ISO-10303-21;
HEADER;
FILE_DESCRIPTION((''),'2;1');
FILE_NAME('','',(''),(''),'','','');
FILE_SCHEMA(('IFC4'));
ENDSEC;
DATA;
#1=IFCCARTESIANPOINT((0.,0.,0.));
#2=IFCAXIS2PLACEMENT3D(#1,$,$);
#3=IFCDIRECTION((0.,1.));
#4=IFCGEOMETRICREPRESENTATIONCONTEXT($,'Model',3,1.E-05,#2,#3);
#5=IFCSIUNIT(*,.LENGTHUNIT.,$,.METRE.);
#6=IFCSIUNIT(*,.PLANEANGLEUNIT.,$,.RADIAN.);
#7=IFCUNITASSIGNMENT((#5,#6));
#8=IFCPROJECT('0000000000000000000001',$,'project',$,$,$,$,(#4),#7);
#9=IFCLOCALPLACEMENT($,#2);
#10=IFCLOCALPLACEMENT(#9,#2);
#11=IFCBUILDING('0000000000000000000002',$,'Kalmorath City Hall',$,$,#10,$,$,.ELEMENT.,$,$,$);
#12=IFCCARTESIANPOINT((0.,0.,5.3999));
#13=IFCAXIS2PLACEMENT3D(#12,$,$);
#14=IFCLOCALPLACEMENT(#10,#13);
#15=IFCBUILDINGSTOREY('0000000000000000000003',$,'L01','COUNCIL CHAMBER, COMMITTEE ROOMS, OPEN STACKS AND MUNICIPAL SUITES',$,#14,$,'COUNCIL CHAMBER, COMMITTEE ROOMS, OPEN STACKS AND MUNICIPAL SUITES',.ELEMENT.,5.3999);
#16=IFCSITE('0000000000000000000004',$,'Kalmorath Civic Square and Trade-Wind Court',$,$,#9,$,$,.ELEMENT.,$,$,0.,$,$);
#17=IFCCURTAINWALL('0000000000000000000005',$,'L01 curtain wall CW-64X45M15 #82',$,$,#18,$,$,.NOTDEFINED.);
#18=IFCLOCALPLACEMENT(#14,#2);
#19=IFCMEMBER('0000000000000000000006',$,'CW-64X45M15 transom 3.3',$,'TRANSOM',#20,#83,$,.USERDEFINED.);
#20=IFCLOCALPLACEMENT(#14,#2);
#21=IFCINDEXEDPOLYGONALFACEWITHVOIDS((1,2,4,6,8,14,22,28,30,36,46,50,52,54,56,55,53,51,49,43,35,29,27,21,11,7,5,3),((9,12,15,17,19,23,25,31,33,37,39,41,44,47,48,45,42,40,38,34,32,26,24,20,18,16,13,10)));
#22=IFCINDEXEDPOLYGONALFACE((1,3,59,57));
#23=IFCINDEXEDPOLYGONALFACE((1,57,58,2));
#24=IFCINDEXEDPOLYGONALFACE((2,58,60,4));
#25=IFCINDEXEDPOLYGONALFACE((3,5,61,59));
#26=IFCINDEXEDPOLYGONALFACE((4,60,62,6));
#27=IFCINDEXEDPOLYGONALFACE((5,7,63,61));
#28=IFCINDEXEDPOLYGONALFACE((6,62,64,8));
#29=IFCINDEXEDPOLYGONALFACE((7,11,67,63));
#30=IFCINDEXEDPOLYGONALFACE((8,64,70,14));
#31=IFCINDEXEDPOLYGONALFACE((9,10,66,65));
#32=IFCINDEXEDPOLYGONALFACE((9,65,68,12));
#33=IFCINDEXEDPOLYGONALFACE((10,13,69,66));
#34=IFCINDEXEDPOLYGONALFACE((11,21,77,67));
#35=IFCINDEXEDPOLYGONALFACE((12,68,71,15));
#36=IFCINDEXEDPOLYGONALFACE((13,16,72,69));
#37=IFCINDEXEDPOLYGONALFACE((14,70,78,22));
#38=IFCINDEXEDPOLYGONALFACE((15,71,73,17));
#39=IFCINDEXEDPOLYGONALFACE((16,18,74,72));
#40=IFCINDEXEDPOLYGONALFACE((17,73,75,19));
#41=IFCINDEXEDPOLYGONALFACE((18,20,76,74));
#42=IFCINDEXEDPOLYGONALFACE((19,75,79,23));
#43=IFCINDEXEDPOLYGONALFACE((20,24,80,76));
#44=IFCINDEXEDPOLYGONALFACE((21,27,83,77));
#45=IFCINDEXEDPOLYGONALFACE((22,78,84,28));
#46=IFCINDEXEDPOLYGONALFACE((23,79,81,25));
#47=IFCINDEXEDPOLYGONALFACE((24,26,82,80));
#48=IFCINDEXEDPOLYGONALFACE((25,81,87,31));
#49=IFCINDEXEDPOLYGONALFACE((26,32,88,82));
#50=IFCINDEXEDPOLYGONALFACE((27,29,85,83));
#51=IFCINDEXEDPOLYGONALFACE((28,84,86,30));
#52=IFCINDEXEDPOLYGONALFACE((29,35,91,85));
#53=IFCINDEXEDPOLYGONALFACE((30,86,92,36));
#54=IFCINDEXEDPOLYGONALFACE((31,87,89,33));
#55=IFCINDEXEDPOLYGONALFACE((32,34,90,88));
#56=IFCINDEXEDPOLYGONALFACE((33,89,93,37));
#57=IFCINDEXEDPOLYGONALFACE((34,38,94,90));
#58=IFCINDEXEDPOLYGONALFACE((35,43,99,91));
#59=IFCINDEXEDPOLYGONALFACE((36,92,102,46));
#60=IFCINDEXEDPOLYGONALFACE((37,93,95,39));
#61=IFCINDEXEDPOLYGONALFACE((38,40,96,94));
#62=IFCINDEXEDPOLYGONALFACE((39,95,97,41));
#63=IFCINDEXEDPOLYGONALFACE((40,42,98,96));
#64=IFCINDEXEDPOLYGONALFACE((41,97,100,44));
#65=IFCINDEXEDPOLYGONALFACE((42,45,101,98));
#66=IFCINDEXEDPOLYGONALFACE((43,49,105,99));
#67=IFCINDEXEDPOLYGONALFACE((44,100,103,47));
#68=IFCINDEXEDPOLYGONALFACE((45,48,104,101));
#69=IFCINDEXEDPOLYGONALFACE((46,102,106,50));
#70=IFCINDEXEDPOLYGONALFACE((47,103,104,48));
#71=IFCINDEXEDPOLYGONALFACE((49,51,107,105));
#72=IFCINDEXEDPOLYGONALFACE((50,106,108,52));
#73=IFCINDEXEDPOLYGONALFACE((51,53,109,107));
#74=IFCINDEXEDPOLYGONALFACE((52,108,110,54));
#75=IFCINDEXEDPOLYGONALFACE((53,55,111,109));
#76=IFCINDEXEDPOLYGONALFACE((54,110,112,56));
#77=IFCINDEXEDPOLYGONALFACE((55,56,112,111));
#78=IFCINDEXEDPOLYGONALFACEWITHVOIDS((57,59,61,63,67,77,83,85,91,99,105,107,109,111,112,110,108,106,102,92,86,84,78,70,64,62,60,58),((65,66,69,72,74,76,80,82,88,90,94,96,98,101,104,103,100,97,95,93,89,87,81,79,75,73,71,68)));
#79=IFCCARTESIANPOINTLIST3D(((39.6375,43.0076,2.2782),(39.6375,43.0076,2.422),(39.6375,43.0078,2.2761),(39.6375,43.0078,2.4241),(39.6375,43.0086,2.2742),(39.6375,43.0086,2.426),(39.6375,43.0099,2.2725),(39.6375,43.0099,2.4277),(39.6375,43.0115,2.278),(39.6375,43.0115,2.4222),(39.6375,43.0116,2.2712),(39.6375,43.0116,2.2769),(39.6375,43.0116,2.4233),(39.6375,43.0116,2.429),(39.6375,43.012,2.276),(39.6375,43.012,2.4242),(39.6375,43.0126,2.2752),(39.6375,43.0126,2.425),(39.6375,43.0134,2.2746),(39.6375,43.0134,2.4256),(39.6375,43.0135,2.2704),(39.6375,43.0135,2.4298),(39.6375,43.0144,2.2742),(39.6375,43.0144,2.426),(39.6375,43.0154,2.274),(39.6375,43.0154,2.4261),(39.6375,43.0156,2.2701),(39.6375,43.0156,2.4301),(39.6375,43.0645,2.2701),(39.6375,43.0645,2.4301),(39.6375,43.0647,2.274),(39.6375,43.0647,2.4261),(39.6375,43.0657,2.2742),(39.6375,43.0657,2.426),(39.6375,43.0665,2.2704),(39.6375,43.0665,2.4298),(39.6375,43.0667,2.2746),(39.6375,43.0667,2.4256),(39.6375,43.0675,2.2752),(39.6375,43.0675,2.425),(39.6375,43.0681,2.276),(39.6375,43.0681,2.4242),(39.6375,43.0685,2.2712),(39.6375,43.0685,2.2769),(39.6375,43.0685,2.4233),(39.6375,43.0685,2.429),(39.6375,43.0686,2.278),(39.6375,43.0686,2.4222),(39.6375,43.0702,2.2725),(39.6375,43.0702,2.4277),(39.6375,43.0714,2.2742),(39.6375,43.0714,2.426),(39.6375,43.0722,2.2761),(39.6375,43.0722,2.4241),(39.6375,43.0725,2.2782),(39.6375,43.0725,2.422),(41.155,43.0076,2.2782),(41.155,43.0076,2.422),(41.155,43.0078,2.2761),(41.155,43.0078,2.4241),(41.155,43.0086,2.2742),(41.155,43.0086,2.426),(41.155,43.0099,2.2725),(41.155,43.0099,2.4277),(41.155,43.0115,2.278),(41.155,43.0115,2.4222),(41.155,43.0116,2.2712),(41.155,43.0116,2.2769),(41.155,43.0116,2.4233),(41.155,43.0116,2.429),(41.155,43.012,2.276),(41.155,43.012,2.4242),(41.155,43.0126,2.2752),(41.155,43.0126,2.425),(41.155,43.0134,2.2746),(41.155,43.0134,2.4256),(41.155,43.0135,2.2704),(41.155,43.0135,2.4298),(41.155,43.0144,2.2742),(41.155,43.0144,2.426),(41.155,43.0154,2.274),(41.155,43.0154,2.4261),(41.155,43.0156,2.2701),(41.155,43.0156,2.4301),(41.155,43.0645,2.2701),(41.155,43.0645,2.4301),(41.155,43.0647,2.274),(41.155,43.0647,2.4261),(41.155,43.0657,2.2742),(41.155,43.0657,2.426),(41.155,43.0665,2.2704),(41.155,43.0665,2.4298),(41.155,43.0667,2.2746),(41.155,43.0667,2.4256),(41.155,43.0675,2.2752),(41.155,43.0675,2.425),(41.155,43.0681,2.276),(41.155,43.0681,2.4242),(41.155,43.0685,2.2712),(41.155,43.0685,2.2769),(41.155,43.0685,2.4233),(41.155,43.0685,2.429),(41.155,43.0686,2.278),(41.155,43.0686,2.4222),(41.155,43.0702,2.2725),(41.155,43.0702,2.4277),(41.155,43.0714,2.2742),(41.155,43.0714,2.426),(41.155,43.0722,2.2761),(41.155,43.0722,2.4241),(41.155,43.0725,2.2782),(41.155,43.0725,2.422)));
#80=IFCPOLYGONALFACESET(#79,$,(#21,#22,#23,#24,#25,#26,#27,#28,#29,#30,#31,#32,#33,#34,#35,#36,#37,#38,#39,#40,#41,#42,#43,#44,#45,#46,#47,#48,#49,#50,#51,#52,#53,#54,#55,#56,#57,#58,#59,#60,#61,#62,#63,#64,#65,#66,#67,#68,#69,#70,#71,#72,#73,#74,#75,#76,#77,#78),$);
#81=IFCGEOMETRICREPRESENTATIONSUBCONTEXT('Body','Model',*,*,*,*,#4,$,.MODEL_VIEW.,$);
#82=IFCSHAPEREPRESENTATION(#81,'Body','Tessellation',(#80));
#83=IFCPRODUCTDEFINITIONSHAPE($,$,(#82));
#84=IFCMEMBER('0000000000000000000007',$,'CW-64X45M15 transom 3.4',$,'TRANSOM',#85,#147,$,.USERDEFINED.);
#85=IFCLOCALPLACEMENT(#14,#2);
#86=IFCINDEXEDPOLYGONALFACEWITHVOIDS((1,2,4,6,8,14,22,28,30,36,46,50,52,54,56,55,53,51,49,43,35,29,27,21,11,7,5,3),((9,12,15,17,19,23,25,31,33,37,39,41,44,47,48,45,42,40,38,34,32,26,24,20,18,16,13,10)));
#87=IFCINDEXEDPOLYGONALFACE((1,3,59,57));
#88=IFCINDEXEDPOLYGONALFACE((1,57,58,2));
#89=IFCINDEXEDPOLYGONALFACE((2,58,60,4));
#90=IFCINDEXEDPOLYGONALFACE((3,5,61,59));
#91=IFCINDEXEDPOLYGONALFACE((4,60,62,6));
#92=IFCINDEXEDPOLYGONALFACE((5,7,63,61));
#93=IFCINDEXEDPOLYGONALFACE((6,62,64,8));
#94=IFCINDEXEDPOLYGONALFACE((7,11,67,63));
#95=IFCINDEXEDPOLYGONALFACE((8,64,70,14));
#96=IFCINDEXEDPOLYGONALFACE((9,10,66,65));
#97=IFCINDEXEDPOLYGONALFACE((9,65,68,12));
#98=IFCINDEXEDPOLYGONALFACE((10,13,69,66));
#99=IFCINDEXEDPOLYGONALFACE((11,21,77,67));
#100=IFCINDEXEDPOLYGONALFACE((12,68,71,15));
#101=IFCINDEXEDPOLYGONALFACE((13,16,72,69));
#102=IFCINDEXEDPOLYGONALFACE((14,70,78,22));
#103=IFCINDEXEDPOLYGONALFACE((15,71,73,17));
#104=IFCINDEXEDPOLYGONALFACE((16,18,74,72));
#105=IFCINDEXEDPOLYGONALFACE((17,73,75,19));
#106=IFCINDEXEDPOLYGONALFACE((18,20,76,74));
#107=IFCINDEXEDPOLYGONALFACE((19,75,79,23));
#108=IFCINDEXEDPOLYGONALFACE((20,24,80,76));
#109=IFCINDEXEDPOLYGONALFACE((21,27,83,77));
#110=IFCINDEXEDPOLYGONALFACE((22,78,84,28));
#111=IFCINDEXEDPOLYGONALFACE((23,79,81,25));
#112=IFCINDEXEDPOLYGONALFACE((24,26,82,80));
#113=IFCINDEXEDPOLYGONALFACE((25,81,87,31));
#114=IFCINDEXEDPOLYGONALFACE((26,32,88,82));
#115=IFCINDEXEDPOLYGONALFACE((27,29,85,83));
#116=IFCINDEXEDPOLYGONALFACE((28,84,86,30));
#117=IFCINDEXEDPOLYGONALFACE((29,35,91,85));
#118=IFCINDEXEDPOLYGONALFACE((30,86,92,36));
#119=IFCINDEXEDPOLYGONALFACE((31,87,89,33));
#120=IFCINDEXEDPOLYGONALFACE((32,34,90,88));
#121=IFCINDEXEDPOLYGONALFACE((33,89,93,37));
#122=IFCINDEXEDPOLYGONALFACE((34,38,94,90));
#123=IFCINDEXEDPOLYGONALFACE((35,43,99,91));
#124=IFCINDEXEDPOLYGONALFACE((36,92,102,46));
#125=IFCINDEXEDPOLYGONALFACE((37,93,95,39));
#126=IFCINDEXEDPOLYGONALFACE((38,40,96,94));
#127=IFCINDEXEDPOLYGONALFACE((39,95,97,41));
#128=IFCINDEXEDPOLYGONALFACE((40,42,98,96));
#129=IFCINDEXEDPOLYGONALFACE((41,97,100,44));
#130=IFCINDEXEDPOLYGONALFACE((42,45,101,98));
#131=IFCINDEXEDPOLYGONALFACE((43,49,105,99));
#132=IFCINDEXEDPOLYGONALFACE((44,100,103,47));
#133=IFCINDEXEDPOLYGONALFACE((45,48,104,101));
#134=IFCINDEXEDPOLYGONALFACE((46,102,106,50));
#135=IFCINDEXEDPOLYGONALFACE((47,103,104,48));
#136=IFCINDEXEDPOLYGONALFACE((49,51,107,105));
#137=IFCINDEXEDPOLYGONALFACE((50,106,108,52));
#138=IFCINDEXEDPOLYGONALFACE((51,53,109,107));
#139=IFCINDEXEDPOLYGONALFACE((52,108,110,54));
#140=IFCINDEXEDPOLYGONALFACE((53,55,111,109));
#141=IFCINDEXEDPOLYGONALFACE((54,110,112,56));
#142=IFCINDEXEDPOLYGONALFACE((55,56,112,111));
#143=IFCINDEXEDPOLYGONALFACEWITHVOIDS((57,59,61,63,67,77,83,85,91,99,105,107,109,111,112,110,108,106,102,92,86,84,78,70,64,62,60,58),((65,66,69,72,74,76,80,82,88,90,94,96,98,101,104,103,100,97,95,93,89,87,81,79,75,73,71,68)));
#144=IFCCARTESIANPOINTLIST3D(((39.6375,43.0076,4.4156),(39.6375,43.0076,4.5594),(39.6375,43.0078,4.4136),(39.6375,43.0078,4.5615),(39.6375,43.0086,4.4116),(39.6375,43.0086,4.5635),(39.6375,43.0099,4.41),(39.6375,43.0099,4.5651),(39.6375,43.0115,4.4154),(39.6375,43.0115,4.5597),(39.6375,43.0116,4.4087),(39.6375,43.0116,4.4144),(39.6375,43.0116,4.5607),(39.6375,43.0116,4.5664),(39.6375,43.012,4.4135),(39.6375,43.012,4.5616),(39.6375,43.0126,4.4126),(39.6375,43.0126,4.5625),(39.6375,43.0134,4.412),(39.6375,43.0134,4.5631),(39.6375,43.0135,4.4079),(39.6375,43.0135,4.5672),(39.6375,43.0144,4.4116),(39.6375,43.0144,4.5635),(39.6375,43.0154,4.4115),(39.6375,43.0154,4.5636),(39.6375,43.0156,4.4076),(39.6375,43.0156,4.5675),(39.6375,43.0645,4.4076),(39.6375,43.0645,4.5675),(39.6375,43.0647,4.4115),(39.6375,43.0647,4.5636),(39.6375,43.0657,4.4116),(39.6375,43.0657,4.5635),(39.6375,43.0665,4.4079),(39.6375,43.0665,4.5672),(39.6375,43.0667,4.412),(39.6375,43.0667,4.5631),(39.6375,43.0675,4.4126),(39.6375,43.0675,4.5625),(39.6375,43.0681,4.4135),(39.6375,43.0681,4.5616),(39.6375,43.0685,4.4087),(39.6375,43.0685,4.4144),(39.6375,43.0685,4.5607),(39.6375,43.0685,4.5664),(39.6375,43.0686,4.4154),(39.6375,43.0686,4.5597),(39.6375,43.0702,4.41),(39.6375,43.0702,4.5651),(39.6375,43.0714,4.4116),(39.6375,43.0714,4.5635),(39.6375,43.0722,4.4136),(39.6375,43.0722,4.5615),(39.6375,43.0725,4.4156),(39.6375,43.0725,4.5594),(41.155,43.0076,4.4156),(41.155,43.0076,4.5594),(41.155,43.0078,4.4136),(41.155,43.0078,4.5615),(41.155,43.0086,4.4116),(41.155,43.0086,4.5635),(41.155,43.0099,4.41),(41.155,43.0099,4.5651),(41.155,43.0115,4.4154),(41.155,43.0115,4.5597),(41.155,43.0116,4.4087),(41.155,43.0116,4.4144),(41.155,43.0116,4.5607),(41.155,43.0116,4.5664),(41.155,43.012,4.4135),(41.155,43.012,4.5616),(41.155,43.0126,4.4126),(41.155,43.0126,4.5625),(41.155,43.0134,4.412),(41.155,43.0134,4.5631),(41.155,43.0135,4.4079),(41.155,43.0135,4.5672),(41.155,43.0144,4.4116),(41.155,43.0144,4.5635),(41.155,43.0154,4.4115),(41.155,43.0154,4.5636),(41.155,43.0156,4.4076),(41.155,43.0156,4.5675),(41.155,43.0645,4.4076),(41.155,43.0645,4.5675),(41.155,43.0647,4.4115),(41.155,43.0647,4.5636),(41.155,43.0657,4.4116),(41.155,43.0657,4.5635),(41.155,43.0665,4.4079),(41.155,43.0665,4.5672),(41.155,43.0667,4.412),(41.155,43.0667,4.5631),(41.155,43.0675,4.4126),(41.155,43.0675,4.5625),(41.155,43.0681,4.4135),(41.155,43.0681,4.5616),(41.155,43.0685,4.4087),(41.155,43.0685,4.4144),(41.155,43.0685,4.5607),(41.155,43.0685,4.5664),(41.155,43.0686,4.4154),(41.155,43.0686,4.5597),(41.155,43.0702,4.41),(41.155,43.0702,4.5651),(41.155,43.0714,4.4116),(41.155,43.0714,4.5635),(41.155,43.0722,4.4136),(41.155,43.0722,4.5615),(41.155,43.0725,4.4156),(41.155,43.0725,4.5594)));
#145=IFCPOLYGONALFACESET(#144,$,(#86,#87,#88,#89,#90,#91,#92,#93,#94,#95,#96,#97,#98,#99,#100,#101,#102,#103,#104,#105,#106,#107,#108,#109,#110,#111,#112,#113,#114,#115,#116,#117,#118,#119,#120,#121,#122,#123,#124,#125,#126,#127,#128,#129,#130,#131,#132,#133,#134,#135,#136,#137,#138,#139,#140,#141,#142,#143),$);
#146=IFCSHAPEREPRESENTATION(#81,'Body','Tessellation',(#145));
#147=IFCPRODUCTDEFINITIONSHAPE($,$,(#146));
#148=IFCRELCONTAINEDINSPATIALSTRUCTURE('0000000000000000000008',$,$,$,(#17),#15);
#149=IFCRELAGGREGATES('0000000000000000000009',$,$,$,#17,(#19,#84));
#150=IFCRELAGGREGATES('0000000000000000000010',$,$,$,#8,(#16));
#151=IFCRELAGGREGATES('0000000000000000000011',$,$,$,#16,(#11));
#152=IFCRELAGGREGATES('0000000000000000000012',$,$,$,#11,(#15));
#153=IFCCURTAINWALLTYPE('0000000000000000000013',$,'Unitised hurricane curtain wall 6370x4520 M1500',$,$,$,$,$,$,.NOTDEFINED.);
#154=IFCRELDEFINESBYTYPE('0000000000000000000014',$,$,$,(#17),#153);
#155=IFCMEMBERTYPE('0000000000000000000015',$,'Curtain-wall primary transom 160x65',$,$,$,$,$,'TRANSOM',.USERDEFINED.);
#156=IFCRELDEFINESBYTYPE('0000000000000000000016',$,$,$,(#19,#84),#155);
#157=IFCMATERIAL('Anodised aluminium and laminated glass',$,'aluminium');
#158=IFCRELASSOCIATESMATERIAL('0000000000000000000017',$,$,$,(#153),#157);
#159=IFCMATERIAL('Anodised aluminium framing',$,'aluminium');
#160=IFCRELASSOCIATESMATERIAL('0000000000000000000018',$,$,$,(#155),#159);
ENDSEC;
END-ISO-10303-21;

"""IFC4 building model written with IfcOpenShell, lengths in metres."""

from ifc_helpers import new_model, si_unit, direction, frame, origin, origin_2d, place, context, subcontext, project, spatial, hollow_rectangle, extrude, material, material_profile, profile_set, type_object, element, aggregate, save


model = new_model("IFC4")

# Units and contexts
model_context = context("Model", 3, precision=1e-05, world=origin(), true_north=direction((0.0, 1.0)))
body_context = subcontext(model_context, "Body", "Model", "MODEL_VIEW")
ifc_project = project(units=[si_unit("LENGTHUNIT", "METRE"), si_unit("PLANEANGLEUNIT", "RADIAN")], contexts=[model_context])

# Site, building, storey
site_placement = place(None, origin())
site = spatial("IfcSite", under=ifc_project, at=site_placement, Name="Kalmorath Civic Square and Trade-Wind Court", CompositionType="ELEMENT", RefElevation=0.0)
building_placement = place(site_placement, origin())
building = spatial("IfcBuilding", under=site, at=building_placement, Name="Kalmorath City Hall", CompositionType="ELEMENT")
storey_placement = place(building_placement, frame((0.0, 0.0, 5.3999)))
storey = spatial("IfcBuildingStorey", under=building, at=storey_placement, Name="L01", Description="COUNCIL CHAMBER, COMMITTEE ROOMS, OPEN STACKS AND MUNICIPAL SUITES", LongName="COUNCIL CHAMBER, COMMITTEE ROOMS, OPEN STACKS AND MUNICIPAL SUITES", CompositionType="ELEMENT", Elevation=5.3999)

# Curtain wall, members
ifc_material_1 = material(Name="Anodised aluminium and laminated glass", Category="aluminium")
curtain_wall_type = type_object("IfcCurtainWallType", Name="Unitised hurricane curtain wall 6370x4520 M1500", PredefinedType="NOTDEFINED", material=ifc_material_1)
curtain_wall_placement = place(storey_placement, origin())
curtain_wall = element("IfcCurtainWall", 1, at=curtain_wall_placement, inside=storey, type_object=curtain_wall_type, Name="L01 curtain wall CW-64X45M15 #82", PredefinedType="NOTDEFINED")
ifc_material_2 = material(Name="Anodised aluminium framing", Category="aluminium")
ifc_material_profile_1 = material_profile(ifc_material_2, hollow_rectangle(XDim=0.0649, YDim=0.1599, WallThickness=0.0039, InnerFilletRadius=0.0039, OuterFilletRadius=0.0081, at=origin_2d()), Name="ALU-TRN-160X65X4")
ifc_profile_set_1 = profile_set([ifc_material_profile_1], Name="Anodised aluminium framing")
member_type_1 = type_object("IfcMemberType", Name="Curtain-wall primary transom 160x65", ElementType="TRANSOM", PredefinedType="USERDEFINED", material=ifc_profile_set_1)
member_1_placement = place(storey_placement, frame((39.6375, 43.04, 2.3501), z_axis=(1.0, 0.0, 0.0), x_axis=(0.0, 1.0, 0.0)))
member_1 = element("IfcMember", 2, at=member_1_placement, type_object=member_type_1, Name="CW-64X45M15 transom 3.3", ObjectType="TRANSOM", PredefinedType="USERDEFINED", context=body_context, shape_type="SweptSolid", body=[
    extrude(hollow_rectangle(XDim=0.0649, YDim=0.1599, WallThickness=0.0039, InnerFilletRadius=0.0039, OuterFilletRadius=0.0081, at=origin_2d()), origin(), (0.0, 0.0, 1.0), 1.5176),
])
member_2_placement = place(storey_placement, frame((39.6375, 43.04, 4.4875), z_axis=(1.0, 0.0, 0.0), x_axis=(0.0, 1.0, 0.0)))
member_2 = element("IfcMember", 3, at=member_2_placement, type_object=member_type_1, Name="CW-64X45M15 transom 3.4", ObjectType="TRANSOM", PredefinedType="USERDEFINED", context=body_context, shape_type="SweptSolid", body=[
    extrude(hollow_rectangle(XDim=0.0649, YDim=0.1599, WallThickness=0.0039, InnerFilletRadius=0.0039, OuterFilletRadius=0.0081, at=origin_2d()), origin(), (0.0, 0.0, 1.0), 1.5176),
])
aggregate(curtain_wall, [member_1, member_2])

save(model, "model.ifc")
